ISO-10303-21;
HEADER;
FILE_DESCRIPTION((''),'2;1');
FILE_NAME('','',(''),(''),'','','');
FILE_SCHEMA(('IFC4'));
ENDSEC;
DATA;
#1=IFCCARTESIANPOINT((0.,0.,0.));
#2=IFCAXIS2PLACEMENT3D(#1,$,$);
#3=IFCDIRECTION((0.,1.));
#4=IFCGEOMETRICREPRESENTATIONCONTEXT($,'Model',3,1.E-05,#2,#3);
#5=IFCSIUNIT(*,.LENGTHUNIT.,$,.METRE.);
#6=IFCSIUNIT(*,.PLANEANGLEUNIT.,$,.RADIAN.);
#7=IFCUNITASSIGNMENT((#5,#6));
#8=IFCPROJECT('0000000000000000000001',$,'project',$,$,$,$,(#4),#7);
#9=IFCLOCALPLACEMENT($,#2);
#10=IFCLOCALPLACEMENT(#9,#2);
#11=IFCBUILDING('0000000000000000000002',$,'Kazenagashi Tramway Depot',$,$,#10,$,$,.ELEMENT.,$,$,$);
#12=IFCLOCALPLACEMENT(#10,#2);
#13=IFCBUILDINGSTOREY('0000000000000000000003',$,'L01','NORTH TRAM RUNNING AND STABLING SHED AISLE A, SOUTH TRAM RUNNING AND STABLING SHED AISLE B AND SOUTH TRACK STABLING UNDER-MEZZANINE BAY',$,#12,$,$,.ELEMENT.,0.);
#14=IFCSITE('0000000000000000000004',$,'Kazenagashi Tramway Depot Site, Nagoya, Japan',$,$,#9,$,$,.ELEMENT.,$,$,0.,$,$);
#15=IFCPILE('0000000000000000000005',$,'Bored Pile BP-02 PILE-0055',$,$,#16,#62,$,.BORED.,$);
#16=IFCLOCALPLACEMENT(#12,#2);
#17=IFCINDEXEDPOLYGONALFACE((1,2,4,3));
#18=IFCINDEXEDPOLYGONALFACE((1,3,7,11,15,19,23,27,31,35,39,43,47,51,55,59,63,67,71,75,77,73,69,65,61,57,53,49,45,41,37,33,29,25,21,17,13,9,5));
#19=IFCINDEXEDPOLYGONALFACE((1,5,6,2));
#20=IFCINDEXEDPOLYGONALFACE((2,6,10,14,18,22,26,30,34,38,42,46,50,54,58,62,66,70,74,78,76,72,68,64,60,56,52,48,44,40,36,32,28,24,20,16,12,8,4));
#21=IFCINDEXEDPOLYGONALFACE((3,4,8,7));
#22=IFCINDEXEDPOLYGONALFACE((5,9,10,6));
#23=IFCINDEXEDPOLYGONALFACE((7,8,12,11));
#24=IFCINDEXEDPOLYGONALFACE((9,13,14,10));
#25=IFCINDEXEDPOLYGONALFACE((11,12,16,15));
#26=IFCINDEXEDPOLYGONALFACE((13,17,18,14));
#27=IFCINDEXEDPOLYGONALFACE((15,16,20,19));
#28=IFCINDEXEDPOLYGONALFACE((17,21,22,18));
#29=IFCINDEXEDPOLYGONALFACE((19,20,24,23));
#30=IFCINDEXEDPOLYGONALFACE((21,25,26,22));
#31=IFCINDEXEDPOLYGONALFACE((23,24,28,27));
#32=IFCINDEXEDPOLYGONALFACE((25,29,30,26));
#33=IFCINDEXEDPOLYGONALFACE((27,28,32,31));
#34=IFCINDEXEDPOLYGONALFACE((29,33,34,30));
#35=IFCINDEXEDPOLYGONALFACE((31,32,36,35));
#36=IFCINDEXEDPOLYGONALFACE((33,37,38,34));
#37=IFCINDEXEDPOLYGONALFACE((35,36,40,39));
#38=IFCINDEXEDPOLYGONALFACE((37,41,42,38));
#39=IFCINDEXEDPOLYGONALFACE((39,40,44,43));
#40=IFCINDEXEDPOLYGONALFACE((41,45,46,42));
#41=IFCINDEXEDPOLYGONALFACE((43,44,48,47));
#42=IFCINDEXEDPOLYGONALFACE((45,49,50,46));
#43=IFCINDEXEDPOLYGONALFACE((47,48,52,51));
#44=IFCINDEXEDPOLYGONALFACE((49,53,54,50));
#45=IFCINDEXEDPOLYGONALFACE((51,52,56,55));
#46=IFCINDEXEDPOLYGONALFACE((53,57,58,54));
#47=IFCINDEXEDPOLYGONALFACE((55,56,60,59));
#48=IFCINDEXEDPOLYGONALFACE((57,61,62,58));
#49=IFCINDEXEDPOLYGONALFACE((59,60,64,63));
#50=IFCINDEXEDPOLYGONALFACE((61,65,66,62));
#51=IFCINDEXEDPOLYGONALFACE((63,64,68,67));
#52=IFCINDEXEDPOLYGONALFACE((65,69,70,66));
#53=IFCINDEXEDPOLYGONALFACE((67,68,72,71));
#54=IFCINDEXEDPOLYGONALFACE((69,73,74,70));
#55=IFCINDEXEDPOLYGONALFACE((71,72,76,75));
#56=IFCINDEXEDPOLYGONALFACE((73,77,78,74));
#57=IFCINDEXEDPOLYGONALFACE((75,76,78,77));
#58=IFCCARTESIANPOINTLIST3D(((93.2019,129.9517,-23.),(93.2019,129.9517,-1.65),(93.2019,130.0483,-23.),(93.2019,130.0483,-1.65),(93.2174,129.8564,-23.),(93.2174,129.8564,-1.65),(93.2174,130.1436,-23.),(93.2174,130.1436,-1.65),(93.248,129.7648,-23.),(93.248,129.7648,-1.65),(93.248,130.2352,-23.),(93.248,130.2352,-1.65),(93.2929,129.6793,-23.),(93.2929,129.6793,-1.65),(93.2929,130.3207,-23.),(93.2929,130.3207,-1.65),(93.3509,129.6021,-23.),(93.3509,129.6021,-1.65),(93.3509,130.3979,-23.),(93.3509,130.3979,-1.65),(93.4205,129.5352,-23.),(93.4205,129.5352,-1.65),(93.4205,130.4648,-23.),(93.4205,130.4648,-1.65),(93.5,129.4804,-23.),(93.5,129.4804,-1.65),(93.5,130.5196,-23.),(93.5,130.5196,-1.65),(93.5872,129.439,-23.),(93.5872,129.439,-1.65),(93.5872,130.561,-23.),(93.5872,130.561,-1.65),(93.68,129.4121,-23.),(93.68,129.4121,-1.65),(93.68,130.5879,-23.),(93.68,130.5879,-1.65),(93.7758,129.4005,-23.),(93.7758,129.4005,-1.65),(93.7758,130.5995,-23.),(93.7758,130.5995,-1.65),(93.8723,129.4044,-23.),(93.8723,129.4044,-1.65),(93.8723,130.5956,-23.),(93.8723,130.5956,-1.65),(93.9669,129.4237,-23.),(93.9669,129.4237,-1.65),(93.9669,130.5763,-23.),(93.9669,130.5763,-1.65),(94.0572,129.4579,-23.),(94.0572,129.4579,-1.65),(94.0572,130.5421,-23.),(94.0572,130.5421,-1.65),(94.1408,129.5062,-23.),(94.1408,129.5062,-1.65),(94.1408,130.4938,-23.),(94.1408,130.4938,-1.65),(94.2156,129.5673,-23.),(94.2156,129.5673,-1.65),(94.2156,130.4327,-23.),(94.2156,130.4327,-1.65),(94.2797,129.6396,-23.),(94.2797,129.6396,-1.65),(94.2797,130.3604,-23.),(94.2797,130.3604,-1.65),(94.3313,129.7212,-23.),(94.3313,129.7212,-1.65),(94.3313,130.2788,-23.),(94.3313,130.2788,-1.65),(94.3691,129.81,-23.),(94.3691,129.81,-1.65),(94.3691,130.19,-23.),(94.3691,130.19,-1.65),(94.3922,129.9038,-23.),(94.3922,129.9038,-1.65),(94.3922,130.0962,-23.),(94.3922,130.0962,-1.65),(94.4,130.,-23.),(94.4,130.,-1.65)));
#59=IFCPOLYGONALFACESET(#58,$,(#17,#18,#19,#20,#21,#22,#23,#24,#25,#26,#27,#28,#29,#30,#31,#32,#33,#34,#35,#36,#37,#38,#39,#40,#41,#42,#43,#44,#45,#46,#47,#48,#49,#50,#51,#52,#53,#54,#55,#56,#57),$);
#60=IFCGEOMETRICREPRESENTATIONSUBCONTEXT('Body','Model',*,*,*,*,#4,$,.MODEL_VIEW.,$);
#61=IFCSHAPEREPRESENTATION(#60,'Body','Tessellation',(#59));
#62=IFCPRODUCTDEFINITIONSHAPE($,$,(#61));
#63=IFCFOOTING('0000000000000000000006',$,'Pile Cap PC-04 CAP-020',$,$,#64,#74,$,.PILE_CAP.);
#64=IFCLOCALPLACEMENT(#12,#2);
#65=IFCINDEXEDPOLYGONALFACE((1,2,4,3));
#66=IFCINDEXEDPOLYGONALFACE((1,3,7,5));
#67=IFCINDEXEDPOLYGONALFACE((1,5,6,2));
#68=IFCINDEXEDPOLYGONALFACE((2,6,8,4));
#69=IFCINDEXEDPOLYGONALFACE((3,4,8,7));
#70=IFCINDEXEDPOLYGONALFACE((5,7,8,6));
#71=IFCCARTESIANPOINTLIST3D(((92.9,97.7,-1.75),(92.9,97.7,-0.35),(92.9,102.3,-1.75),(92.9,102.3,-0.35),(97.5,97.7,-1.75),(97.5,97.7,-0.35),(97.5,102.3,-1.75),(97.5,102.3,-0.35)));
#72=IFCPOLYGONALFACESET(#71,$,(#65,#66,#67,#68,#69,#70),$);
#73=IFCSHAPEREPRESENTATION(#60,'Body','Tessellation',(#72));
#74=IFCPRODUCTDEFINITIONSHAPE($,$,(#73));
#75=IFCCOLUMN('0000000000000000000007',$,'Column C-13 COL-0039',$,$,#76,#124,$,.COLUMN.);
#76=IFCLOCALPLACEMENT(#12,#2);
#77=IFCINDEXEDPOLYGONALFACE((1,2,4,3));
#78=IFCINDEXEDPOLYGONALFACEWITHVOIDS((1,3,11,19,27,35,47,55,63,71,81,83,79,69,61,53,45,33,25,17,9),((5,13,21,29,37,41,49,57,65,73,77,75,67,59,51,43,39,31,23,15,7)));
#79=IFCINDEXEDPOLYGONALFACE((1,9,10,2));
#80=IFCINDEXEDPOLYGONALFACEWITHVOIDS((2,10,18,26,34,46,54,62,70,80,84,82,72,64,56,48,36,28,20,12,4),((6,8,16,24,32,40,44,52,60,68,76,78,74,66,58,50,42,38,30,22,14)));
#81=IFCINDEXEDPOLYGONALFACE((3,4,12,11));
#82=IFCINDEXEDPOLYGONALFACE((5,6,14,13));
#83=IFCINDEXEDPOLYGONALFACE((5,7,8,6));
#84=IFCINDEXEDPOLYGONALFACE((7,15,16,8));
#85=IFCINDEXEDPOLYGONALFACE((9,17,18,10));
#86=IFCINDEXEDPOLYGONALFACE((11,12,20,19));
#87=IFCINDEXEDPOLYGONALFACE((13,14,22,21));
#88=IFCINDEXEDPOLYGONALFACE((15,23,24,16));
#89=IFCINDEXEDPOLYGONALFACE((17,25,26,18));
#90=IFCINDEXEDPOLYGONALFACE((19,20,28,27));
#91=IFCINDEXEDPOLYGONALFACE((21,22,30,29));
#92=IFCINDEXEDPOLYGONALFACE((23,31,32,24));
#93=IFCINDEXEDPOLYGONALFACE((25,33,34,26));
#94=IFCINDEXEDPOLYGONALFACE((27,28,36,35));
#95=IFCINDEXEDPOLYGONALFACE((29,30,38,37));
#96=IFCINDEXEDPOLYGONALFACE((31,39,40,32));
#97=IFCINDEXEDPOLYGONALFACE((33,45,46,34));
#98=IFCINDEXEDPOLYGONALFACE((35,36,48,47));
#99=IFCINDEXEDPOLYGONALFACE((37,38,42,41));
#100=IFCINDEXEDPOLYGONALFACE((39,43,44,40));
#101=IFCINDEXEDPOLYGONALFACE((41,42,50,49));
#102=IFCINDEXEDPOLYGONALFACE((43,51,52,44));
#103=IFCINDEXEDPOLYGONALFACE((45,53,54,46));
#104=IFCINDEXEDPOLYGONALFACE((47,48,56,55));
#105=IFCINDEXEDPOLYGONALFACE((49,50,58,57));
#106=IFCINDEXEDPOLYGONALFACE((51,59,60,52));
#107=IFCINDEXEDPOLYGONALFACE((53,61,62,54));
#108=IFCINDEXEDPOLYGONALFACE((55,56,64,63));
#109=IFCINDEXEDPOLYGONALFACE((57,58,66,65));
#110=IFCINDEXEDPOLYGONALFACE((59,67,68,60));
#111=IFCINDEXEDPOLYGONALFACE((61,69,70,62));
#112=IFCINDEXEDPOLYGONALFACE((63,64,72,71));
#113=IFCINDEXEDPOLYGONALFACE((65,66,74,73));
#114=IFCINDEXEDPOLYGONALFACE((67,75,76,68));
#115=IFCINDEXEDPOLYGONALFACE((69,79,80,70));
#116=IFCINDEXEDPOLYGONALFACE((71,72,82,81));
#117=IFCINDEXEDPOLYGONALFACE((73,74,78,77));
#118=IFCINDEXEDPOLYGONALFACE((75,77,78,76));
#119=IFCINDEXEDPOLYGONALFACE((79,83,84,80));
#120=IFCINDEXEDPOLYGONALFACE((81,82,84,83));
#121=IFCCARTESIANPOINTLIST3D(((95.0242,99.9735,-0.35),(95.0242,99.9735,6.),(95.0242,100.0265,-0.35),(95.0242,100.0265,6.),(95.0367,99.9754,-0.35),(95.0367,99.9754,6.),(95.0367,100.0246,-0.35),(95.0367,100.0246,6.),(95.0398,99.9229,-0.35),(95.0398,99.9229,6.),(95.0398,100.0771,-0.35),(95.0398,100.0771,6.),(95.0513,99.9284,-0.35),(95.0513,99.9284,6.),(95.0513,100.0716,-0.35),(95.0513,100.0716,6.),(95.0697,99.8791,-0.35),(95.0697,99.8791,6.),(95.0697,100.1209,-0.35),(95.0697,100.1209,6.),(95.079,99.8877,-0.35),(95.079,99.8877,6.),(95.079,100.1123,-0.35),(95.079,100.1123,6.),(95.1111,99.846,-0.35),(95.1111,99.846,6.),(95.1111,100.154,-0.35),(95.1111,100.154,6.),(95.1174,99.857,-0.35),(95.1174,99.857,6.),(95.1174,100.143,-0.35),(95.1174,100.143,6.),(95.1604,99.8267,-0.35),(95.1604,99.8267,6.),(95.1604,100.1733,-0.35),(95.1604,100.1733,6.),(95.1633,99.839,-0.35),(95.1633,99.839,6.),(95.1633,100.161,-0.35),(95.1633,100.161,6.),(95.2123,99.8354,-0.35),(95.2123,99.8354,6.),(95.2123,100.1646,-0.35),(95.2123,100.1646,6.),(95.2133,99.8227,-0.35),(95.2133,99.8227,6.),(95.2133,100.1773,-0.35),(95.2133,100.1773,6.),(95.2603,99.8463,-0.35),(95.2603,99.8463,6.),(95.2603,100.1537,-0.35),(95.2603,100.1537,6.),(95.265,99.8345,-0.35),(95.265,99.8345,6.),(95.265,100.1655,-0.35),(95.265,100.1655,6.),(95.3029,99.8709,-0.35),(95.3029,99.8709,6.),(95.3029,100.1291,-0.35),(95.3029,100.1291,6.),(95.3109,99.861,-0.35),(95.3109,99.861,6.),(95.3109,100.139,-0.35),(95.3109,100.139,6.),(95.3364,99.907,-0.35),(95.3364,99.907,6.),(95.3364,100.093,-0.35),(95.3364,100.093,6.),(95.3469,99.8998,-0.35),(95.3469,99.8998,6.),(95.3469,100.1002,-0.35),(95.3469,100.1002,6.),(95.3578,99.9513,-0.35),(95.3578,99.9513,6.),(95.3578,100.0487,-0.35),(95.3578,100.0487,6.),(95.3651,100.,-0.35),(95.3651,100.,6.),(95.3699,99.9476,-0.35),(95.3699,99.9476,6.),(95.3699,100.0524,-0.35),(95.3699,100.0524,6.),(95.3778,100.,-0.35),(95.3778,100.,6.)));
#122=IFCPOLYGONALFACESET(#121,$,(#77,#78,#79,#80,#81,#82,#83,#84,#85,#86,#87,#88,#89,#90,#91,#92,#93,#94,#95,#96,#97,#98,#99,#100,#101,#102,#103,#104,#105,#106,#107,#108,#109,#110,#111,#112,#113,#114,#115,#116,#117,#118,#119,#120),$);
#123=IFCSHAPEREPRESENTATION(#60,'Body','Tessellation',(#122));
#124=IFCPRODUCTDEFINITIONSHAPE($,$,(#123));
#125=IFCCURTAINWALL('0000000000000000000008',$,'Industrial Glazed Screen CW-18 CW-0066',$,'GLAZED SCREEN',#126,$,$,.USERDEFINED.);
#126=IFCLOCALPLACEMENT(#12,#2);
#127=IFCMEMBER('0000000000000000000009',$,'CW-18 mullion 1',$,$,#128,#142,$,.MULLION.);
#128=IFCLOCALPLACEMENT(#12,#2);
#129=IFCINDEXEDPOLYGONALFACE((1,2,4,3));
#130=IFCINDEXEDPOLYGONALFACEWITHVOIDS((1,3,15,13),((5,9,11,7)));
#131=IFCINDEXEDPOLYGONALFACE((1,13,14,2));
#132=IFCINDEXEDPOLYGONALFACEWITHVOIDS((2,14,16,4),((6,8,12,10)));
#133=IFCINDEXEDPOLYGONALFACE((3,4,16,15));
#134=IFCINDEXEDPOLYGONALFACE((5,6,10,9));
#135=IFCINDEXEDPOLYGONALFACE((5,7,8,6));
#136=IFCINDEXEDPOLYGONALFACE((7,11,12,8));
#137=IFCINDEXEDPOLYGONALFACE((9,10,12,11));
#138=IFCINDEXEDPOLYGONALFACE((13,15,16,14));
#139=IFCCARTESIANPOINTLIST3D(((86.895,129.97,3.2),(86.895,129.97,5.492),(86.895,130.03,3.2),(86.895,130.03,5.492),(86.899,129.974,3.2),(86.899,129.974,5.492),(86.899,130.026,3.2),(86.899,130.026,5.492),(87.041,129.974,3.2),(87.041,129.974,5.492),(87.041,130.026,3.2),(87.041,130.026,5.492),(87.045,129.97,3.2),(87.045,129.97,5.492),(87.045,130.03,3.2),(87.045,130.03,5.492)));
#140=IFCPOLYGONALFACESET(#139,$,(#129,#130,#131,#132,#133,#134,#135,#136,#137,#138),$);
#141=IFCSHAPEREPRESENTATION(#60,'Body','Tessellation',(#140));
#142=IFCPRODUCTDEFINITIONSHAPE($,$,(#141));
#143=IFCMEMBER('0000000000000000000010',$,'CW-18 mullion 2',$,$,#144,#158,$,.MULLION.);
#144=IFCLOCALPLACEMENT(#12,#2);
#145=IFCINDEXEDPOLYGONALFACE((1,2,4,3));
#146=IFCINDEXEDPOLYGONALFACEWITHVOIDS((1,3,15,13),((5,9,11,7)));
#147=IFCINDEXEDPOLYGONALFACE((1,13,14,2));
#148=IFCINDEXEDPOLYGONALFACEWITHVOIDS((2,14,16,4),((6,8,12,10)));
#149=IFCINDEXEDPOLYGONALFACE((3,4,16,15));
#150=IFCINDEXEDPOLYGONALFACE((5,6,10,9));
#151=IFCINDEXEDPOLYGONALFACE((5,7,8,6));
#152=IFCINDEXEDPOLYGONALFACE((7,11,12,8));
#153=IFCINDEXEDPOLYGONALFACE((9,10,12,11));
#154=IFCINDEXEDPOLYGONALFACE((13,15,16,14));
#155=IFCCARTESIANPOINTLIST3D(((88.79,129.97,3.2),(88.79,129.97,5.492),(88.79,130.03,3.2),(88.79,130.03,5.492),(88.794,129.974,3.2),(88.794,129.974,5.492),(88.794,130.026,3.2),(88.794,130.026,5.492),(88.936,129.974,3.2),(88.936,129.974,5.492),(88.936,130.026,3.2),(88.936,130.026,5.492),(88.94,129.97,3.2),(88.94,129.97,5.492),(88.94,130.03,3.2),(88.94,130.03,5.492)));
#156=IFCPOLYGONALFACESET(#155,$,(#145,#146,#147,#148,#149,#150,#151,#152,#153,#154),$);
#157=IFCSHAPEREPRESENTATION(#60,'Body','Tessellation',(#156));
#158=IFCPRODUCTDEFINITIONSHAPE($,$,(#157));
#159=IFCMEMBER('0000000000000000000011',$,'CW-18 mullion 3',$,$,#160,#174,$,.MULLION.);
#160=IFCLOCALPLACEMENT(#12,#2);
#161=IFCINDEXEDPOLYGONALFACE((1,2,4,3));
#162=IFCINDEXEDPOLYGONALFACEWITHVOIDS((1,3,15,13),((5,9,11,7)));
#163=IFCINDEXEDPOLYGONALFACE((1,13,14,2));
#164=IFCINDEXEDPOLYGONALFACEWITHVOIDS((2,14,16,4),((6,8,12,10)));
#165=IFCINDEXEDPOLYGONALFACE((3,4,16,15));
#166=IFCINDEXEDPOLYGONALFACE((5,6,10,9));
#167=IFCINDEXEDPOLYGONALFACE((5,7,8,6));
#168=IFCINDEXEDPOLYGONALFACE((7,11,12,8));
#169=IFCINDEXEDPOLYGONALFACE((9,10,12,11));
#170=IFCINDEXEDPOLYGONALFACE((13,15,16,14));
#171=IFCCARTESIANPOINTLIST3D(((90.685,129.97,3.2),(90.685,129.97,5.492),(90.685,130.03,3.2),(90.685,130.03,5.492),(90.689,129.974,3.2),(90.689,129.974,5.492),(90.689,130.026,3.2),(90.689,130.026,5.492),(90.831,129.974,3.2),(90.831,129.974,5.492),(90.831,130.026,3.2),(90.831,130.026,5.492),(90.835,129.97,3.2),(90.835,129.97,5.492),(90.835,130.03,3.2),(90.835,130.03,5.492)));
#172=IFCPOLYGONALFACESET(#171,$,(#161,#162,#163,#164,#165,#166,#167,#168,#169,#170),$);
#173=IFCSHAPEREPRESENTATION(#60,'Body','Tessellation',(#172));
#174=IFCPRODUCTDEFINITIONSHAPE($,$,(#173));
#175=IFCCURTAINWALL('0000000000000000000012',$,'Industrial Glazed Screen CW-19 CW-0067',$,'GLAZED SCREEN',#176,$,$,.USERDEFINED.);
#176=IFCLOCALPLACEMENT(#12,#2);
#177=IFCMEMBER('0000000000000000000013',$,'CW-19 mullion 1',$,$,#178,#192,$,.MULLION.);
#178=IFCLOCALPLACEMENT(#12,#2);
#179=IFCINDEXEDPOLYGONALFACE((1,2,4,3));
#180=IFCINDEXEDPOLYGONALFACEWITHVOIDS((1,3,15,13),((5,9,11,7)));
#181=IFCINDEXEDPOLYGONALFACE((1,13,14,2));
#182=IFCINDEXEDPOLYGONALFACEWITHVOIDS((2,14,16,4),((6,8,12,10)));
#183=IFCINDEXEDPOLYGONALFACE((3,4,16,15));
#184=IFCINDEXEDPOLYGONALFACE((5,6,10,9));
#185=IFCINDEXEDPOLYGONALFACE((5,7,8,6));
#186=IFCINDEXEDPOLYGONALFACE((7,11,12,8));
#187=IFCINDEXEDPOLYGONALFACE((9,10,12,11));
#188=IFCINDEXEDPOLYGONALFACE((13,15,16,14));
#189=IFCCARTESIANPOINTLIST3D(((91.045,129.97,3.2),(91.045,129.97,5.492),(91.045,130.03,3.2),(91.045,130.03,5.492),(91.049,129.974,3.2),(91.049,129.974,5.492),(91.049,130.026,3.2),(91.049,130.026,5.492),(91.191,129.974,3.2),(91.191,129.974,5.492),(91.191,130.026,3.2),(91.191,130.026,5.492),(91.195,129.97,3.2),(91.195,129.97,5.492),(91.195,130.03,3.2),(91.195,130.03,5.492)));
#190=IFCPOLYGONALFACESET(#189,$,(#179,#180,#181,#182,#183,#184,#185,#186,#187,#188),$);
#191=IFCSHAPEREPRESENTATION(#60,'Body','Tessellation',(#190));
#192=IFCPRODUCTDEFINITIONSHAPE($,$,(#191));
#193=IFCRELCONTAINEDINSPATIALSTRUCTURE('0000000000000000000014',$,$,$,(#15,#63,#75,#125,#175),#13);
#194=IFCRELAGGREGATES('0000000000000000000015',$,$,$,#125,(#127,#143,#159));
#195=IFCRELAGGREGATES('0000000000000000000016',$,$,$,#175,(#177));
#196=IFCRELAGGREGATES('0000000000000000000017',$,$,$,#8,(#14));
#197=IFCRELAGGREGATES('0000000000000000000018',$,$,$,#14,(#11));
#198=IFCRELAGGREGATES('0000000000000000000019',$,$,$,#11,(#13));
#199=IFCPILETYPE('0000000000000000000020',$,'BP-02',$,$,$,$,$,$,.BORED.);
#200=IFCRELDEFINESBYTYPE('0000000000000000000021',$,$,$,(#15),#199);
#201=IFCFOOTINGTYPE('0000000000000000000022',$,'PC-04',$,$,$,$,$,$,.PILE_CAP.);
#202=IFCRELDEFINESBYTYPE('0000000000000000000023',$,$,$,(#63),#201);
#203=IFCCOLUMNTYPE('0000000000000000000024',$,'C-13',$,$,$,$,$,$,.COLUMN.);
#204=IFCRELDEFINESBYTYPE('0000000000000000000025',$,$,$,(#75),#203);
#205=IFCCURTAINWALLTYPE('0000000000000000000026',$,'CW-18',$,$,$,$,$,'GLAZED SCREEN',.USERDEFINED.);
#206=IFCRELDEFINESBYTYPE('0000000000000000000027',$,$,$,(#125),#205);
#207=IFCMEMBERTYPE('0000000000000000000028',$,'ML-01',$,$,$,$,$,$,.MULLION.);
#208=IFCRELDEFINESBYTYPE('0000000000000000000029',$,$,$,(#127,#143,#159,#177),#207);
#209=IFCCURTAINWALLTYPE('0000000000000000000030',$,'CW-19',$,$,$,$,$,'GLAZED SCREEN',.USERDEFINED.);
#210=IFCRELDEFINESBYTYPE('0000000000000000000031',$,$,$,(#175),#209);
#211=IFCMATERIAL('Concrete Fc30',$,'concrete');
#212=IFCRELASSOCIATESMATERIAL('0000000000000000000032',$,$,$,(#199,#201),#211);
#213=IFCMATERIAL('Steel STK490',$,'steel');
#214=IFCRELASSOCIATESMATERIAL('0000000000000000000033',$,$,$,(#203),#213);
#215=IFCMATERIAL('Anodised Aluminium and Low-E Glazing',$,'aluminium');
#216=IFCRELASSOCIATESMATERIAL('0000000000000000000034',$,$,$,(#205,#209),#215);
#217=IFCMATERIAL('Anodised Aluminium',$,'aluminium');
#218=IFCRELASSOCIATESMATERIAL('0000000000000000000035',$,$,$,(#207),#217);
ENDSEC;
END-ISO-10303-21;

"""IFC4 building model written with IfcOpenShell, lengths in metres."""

from ifc_helpers import new_model, si_unit, direction, frame, origin, origin_2d, place, context, subcontext, project, spatial, rectangle, hollow_rectangle, circle, hollow_circle, extrude, material, material_profile, profile_set, type_object, element, aggregate, save


model = new_model("IFC4")

# Units and contexts
model_context = context("Model", 3, precision=1e-05, world=origin(), true_north=direction((0.0, 1.0)))
body_context = subcontext(model_context, "Body", "Model", "MODEL_VIEW")
ifc_project = project(units=[si_unit("LENGTHUNIT", "METRE"), si_unit("PLANEANGLEUNIT", "RADIAN")], contexts=[model_context])

# Site, building, storey
site_placement = place(None, origin())
site = spatial("IfcSite", under=ifc_project, at=site_placement, Name="Kazenagashi Tramway Depot Site, Nagoya, Japan", CompositionType="ELEMENT", RefElevation=0.0)
building_placement = place(site_placement, origin())
building = spatial("IfcBuilding", under=site, at=building_placement, Name="Kazenagashi Tramway Depot", CompositionType="ELEMENT")
storey_placement = place(building_placement, origin())
storey = spatial("IfcBuildingStorey", under=building, at=storey_placement, Name="L01", Description="NORTH TRAM RUNNING AND STABLING SHED AISLE A, SOUTH TRAM RUNNING AND STABLING SHED AISLE B AND SOUTH TRACK STABLING UNDER-MEZZANINE BAY", CompositionType="ELEMENT", Elevation=0.0)

# Pile
ifc_material_1 = material(Name="Concrete Fc30", Category="concrete")
ifc_material_profile_1 = material_profile(ifc_material_1, circle(Radius=0.6, at=origin_2d()), Name="PILE-1200")
ifc_profile_set_1 = profile_set([ifc_material_profile_1], Name="Concrete Fc30")
pile_type = type_object("IfcPileType", Name="BP-02", PredefinedType="BORED", material=ifc_profile_set_1)
for number, where, z_axis, x_axis, name in (
    (1, (93.8, 130.0, -1.65), (0.0, 0.0, -1.0), (1.0, 0.0, 0.0), "Bored Pile BP-02 PILE-0055"),
):
    element("IfcPile", number, at=place(storey_placement, frame(where, z_axis=z_axis, x_axis=x_axis)), inside=storey, type_object=pile_type, Name=name, PredefinedType="BORED", context=body_context, shape_type="SweptSolid", body=[
        extrude(circle(Radius=0.6, at=origin_2d()), origin(), (0.0, 0.0, 1.0), 21.35),
    ])

# Footing
footing_type = type_object("IfcFootingType", Name="PC-04", PredefinedType="PILE_CAP", material=ifc_material_1)
footing_placement = place(storey_placement, frame((95.2, 100.0, -1.75), z_axis=(0.0, 0.0, 1.0), x_axis=(1.0, 0.0, 0.0)))
element("IfcFooting", 2, at=footing_placement, inside=storey, type_object=footing_type, Name="Pile Cap PC-04 CAP-020", PredefinedType="PILE_CAP", context=body_context, shape_type="SweptSolid", body=[
    extrude(rectangle(XDim=4.6, YDim=4.6, at=origin_2d()), origin(), (0.0, 0.0, 1.0), 1.4),
])

# Column
ifc_material_2 = material(Name="Steel STK490", Category="steel")
ifc_material_profile_2 = material_profile(ifc_material_2, hollow_circle(Radius=0.1778, WallThickness=0.0127, at=origin_2d()), Name="CHS-355.6x12.7")
ifc_profile_set_2 = profile_set([ifc_material_profile_2], Name="Steel STK490")
column_type = type_object("IfcColumnType", Name="C-13", PredefinedType="COLUMN", material=ifc_profile_set_2)
column_placement = place(storey_placement, frame((95.2, 100.0, -0.35), z_axis=(0.0, 0.0, 1.0), x_axis=(1.0, 0.0, 0.0)))
element("IfcColumn", 3, at=column_placement, inside=storey, type_object=column_type, Name="Column C-13 COL-0039", PredefinedType="COLUMN", context=body_context, shape_type="SweptSolid", body=[
    extrude(hollow_circle(Radius=0.1778, WallThickness=0.0127, at=origin_2d()), origin(), (0.0, 0.0, 1.0), 6.35),
])

# Curtain walls, members
ifc_material_3 = material(Name="Anodised Aluminium and Low-E Glazing", Category="aluminium")
curtain_wall_type_1 = type_object("IfcCurtainWallType", Name="CW-18", ElementType="GLAZED SCREEN", PredefinedType="USERDEFINED", material=ifc_material_3)
curtain_wall_1_placement = place(storey_placement, origin())
curtain_wall_1 = element("IfcCurtainWall", 4, at=curtain_wall_1_placement, inside=storey, type_object=curtain_wall_type_1, Name="Industrial Glazed Screen CW-18 CW-0066", ObjectType="GLAZED SCREEN", PredefinedType="USERDEFINED")
ifc_material_4 = material(Name="Anodised Aluminium", Category="aluminium")
ifc_material_profile_3 = material_profile(ifc_material_4, hollow_rectangle(XDim=0.06, YDim=0.15, WallThickness=0.004, at=origin_2d()), Name="RHS-150x60x4")
ifc_profile_set_3 = profile_set([ifc_material_profile_3], Name="Anodised Aluminium")
member_type_1 = type_object("IfcMemberType", Name="ML-01", PredefinedType="MULLION", material=ifc_profile_set_3)
member_1_placement = place(storey_placement, frame((86.97, 130.0, 3.2), z_axis=(0.0, 0.0, 1.0), x_axis=(0.0, 1.0, 0.0)))
member_1 = element("IfcMember", 5, at=member_1_placement, type_object=member_type_1, Name="CW-18 mullion 1", PredefinedType="MULLION", context=body_context, shape_type="SweptSolid", body=[
    extrude(hollow_rectangle(XDim=0.06, YDim=0.15, WallThickness=0.004, at=origin_2d()), origin(), (0.0, 0.0, 1.0), 2.292),
])
member_2_placement = place(storey_placement, frame((88.865, 130.0, 3.2), z_axis=(0.0, 0.0, 1.0), x_axis=(0.0, 1.0, 0.0)))
member_2 = element("IfcMember", 6, at=member_2_placement, type_object=member_type_1, Name="CW-18 mullion 2", PredefinedType="MULLION", context=body_context, shape_type="SweptSolid", body=[
    extrude(hollow_rectangle(XDim=0.06, YDim=0.15, WallThickness=0.004, at=origin_2d()), origin(), (0.0, 0.0, 1.0), 2.292),
])
member_3_placement = place(storey_placement, frame((90.76, 130.0, 3.2), z_axis=(0.0, 0.0, 1.0), x_axis=(0.0, 1.0, 0.0)))
member_3 = element("IfcMember", 7, at=member_3_placement, type_object=member_type_1, Name="CW-18 mullion 3", PredefinedType="MULLION", context=body_context, shape_type="SweptSolid", body=[
    extrude(hollow_rectangle(XDim=0.06, YDim=0.15, WallThickness=0.004, at=origin_2d()), origin(), (0.0, 0.0, 1.0), 2.292),
])
curtain_wall_type_2 = type_object("IfcCurtainWallType", Name="CW-19", ElementType="GLAZED SCREEN", PredefinedType="USERDEFINED", material=ifc_material_3)
curtain_wall_2_placement = place(storey_placement, origin())
curtain_wall_2 = element("IfcCurtainWall", 8, at=curtain_wall_2_placement, inside=storey, type_object=curtain_wall_type_2, Name="Industrial Glazed Screen CW-19 CW-0067", ObjectType="GLAZED SCREEN", PredefinedType="USERDEFINED")
member_4_placement = place(storey_placement, frame((91.12, 130.0, 3.2), z_axis=(0.0, 0.0, 1.0), x_axis=(0.0, 1.0, 0.0)))
member_4 = element("IfcMember", 9, at=member_4_placement, type_object=member_type_1, Name="CW-19 mullion 1", PredefinedType="MULLION", context=body_context, shape_type="SweptSolid", body=[
    extrude(hollow_rectangle(XDim=0.06, YDim=0.15, WallThickness=0.004, at=origin_2d()), origin(), (0.0, 0.0, 1.0), 2.292),
])

aggregate(curtain_wall_1, [member_1, member_2, member_3])
aggregate(curtain_wall_2, [member_4])

save(model, "model.ifc")
